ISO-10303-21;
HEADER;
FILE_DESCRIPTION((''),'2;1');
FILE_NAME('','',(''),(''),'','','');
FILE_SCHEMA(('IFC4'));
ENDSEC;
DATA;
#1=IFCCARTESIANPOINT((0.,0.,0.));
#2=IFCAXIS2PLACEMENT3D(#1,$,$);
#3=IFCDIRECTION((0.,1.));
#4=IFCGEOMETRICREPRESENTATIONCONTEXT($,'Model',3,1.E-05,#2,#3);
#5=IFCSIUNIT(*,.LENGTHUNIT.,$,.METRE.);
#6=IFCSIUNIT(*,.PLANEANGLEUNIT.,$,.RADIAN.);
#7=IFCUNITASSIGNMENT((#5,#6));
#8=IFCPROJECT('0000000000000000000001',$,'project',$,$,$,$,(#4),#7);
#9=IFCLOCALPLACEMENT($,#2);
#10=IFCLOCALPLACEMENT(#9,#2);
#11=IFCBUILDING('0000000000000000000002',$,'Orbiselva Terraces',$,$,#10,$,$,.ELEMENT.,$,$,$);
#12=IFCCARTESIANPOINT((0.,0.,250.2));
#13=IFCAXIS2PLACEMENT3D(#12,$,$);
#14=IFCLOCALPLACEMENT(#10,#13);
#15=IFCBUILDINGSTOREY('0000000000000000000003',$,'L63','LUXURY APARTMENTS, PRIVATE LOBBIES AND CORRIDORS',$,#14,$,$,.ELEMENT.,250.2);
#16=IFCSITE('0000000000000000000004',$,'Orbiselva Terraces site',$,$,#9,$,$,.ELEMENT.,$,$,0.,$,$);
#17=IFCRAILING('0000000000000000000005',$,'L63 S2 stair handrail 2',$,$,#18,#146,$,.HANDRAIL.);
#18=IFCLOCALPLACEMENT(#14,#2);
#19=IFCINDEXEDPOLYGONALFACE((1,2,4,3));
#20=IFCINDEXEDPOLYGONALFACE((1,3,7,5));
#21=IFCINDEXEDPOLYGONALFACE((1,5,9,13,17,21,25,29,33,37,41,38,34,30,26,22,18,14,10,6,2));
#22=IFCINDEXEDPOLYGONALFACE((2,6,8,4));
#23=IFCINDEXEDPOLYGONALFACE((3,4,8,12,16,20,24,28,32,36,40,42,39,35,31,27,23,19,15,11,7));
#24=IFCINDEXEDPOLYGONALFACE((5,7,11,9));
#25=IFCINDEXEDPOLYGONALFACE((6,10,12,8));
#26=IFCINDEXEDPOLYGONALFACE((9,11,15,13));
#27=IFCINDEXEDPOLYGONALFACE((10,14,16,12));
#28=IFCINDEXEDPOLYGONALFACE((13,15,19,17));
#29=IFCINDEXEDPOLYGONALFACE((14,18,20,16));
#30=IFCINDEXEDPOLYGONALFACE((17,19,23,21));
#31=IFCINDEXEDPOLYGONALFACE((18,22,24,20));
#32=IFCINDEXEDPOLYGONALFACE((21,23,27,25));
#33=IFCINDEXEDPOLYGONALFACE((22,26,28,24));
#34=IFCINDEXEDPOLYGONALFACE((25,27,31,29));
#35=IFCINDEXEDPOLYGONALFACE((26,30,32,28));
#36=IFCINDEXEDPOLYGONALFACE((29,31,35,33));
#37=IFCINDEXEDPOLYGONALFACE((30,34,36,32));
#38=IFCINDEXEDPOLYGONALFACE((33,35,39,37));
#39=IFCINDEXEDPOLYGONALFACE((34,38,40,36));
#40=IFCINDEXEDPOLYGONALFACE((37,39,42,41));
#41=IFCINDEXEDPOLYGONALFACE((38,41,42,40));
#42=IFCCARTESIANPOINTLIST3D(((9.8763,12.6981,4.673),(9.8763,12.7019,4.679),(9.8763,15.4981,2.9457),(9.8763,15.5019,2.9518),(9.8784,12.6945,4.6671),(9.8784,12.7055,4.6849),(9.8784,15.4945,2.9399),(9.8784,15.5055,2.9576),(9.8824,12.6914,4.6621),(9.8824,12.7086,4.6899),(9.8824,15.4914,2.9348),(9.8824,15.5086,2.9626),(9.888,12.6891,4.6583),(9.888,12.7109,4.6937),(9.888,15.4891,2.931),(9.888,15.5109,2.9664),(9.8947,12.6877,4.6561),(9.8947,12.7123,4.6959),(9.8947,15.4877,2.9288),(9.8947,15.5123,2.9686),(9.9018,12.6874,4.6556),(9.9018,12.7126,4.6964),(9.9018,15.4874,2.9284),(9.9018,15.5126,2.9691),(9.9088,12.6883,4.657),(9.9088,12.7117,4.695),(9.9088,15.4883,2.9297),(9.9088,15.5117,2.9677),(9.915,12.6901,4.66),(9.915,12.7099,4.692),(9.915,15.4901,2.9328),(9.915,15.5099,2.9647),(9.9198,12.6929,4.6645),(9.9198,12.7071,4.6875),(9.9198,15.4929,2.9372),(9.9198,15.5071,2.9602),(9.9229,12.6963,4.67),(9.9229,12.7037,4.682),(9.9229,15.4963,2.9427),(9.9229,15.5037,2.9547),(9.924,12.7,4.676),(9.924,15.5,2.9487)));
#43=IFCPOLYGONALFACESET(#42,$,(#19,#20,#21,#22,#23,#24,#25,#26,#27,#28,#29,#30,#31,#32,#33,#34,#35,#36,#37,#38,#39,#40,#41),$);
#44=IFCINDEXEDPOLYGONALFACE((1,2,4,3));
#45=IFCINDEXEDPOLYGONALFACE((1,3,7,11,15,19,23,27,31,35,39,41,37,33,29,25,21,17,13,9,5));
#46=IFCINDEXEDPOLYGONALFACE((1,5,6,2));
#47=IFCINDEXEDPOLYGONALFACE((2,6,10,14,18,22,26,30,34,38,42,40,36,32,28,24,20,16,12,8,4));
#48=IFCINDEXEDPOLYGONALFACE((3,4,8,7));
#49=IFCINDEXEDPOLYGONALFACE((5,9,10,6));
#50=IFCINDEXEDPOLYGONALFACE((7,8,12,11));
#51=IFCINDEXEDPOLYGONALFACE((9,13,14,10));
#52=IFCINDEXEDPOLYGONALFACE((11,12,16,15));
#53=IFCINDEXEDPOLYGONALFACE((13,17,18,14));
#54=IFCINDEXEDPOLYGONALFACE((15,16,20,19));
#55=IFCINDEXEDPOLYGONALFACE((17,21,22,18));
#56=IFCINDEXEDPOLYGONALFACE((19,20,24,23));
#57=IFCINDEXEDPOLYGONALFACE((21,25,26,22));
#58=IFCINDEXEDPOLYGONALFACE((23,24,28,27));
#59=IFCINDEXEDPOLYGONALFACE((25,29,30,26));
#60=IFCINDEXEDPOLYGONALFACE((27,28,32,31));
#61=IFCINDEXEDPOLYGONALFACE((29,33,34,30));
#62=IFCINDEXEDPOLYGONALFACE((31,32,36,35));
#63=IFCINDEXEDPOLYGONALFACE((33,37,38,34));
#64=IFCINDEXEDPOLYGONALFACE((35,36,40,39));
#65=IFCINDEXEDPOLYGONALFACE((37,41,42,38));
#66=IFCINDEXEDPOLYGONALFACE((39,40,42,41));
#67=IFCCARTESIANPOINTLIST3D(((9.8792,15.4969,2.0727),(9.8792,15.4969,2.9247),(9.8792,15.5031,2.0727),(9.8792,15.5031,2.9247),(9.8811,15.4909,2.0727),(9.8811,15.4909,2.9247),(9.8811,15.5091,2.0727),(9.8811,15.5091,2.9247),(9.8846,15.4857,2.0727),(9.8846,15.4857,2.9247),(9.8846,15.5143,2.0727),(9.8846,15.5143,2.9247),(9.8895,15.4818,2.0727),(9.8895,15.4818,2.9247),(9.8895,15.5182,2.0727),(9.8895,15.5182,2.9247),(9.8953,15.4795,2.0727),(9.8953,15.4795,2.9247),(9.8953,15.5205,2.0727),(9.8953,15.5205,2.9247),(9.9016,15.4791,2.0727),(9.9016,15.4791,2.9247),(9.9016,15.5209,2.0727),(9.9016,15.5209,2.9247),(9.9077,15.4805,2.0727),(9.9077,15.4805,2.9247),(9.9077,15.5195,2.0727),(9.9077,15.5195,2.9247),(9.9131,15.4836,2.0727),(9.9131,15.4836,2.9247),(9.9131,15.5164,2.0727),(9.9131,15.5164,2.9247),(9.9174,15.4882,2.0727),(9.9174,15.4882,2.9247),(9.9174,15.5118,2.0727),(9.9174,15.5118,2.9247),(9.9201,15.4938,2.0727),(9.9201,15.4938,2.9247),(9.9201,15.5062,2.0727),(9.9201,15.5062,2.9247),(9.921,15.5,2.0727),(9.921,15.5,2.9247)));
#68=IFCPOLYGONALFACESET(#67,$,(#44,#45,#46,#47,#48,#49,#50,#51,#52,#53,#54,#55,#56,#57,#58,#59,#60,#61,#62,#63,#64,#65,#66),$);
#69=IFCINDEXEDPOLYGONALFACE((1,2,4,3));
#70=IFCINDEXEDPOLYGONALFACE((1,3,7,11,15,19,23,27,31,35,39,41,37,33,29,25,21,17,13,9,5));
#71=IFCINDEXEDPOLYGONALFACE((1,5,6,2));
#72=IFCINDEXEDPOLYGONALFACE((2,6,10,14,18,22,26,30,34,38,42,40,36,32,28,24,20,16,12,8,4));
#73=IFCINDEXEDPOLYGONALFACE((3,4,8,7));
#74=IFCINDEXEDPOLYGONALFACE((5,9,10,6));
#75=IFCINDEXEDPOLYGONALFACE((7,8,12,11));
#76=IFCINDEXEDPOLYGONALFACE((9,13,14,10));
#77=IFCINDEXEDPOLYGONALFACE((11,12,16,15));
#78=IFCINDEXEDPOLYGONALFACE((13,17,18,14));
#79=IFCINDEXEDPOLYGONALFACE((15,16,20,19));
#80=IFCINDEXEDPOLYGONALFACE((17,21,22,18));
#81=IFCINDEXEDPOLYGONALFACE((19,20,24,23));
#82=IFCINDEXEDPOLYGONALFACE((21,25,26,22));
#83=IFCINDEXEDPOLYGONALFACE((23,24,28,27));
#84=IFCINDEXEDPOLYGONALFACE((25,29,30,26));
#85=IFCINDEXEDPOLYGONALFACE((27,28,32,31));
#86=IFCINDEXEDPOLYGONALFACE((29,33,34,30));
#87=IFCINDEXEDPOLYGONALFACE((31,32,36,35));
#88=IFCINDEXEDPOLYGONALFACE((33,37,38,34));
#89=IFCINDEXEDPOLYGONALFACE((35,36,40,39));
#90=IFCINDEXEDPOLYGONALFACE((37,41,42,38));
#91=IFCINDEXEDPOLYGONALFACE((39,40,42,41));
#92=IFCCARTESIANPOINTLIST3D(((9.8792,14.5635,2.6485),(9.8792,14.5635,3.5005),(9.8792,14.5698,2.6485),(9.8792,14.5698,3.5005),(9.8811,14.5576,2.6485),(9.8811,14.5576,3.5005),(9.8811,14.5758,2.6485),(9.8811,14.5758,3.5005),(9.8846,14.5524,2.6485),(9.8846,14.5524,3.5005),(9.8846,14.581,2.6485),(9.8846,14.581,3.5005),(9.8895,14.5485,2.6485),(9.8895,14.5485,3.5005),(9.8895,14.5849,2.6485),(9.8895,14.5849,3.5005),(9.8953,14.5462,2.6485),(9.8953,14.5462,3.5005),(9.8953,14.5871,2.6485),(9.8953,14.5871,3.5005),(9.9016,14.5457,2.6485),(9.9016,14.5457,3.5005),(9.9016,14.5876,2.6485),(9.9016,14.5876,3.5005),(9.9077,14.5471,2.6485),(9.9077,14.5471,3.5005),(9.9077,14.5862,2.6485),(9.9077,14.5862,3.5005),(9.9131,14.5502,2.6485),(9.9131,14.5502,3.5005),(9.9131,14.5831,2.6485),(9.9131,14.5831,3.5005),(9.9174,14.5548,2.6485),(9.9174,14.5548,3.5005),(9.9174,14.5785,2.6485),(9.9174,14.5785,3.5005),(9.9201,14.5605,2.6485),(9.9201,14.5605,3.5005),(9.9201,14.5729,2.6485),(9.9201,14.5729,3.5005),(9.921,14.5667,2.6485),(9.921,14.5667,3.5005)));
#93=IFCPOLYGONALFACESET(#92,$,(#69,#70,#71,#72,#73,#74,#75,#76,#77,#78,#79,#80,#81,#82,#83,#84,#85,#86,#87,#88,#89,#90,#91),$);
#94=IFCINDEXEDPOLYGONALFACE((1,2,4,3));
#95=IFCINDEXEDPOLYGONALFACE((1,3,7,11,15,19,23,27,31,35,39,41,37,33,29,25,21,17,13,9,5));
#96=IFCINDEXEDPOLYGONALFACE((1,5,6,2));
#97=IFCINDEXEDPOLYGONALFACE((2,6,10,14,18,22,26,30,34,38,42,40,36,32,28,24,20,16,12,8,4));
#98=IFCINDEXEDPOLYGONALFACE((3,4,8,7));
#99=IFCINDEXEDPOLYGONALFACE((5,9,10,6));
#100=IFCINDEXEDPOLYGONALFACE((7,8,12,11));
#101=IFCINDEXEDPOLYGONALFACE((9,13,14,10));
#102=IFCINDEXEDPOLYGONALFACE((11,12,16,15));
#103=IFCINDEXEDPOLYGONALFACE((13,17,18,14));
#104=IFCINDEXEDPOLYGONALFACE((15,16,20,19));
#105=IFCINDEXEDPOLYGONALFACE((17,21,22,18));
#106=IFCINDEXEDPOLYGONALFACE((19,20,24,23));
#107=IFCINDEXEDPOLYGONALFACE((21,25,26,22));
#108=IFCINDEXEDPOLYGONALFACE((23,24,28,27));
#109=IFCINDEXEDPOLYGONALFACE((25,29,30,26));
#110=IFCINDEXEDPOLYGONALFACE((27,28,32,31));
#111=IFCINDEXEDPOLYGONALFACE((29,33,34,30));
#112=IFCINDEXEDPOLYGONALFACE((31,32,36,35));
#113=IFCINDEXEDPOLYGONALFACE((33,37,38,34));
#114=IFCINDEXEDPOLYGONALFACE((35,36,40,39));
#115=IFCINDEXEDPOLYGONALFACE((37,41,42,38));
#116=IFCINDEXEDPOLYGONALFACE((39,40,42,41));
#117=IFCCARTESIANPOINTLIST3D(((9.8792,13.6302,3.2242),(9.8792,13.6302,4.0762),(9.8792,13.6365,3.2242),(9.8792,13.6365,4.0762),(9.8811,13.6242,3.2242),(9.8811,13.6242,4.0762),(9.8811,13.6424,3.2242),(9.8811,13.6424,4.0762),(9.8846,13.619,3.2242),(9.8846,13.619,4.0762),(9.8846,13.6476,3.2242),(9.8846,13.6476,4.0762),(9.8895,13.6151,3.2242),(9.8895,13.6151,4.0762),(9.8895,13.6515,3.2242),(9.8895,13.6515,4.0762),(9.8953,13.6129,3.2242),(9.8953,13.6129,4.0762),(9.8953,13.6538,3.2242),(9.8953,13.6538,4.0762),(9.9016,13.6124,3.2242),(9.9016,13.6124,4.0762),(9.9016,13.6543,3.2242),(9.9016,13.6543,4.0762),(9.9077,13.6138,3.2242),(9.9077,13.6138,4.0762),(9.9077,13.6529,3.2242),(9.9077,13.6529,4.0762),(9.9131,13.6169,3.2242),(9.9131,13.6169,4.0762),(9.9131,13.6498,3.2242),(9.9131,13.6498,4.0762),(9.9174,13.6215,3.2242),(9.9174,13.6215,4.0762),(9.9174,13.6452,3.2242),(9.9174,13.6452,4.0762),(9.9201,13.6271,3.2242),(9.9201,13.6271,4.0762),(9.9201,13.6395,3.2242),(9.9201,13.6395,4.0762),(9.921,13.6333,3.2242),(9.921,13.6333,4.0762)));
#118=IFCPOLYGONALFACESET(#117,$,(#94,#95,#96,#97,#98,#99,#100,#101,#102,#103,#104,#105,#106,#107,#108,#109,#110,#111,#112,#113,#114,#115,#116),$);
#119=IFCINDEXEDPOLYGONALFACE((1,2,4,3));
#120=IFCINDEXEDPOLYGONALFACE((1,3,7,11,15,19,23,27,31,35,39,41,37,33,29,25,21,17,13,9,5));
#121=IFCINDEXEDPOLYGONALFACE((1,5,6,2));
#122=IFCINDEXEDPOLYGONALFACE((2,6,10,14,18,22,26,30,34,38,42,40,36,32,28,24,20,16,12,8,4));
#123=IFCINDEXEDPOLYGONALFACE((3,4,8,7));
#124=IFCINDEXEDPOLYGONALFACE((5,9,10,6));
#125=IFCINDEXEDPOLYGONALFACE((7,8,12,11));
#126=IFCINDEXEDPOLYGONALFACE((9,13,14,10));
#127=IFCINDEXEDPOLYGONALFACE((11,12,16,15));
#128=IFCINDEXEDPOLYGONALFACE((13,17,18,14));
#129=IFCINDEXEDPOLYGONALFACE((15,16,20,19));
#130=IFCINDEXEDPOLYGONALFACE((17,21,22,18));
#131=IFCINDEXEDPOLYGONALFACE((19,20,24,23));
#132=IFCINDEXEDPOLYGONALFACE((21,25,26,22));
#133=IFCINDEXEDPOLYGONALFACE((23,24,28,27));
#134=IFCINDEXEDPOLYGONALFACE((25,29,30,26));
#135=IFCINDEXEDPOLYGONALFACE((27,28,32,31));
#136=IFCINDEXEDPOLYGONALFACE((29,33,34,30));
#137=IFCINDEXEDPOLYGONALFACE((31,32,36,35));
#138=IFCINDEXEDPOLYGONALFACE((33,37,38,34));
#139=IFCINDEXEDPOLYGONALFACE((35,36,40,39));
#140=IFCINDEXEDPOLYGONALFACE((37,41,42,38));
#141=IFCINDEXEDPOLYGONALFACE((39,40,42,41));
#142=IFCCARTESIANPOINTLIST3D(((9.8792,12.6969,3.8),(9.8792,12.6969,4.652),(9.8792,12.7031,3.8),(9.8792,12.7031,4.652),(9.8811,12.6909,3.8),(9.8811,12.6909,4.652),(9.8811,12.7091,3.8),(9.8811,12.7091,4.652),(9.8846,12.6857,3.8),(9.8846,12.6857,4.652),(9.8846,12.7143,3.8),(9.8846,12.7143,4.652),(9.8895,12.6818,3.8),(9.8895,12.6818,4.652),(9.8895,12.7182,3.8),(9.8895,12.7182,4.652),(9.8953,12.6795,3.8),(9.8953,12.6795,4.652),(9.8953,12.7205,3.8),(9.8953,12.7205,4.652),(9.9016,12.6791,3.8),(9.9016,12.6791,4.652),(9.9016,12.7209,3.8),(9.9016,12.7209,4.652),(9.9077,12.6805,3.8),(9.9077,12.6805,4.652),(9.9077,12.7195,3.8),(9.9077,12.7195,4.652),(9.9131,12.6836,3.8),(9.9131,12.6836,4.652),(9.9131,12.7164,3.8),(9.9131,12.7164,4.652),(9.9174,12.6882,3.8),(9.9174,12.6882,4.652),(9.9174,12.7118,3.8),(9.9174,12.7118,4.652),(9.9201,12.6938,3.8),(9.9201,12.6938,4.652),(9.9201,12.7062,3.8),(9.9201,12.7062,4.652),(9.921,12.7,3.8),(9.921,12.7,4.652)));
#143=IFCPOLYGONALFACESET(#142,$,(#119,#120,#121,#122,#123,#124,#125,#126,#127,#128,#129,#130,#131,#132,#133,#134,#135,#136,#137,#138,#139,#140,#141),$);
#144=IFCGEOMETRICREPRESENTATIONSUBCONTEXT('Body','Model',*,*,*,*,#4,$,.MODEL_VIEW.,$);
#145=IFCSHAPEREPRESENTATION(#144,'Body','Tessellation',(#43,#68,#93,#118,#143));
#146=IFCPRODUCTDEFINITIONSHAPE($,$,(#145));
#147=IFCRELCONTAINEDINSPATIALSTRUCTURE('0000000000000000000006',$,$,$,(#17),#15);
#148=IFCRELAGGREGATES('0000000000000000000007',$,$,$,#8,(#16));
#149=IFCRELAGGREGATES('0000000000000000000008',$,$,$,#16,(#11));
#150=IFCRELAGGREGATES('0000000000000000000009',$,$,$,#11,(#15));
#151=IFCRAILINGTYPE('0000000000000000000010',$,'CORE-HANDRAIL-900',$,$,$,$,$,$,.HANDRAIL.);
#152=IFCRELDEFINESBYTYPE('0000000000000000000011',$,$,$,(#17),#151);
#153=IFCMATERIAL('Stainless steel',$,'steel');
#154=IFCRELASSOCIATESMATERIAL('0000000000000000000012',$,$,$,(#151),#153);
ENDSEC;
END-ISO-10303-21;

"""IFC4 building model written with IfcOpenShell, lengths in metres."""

from ifc_helpers import new_model, si_unit, direction, frame, origin, origin_2d, place, context, subcontext, project, spatial, circle, extrude, material, type_object, element, save


model = new_model("IFC4")

# Units and contexts
model_context = context("Model", 3, precision=1e-05, world=origin(), true_north=direction((0.0, 1.0)))
body_context = subcontext(model_context, "Body", "Model", "MODEL_VIEW")
ifc_project = project(units=[si_unit("LENGTHUNIT", "METRE"), si_unit("PLANEANGLEUNIT", "RADIAN")], contexts=[model_context])

# Site, building, storey
site_placement = place(None, origin())
site = spatial("IfcSite", under=ifc_project, at=site_placement, Name="Orbiselva Terraces site", CompositionType="ELEMENT", RefElevation=0.0)
building_placement = place(site_placement, origin())
building = spatial("IfcBuilding", under=site, at=building_placement, Name="Orbiselva Terraces", CompositionType="ELEMENT")
storey_placement = place(building_placement, frame((0.0, 0.0, 250.2)))
storey = spatial("IfcBuildingStorey", under=building, at=storey_placement, Name="L63", Description="LUXURY APARTMENTS, PRIVATE LOBBIES AND CORRIDORS", CompositionType="ELEMENT", Elevation=250.2)

# Railing
ifc_material_1 = material(Name="Stainless steel", Category="steel")
railing_type = type_object("IfcRailingType", Name="CORE-HANDRAIL-900", PredefinedType="HANDRAIL", material=ifc_material_1)
railing_placement = place(storey_placement, frame((9.9, 15.5, 2.0727)))
element("IfcRailing", 1, at=railing_placement, inside=storey, type_object=railing_type, Name="L63 S2 stair handrail 2", PredefinedType="HANDRAIL", context=body_context, shape_type="SweptSolid", body=[
    extrude(circle(Radius=0.024, at=origin_2d()), frame((0.0, 0.0, 0.876), z_axis=(0.0, -0.851089, 0.525022), x_axis=(1.0, 0.0, 0.0)), (0.0, 0.0, 1.0), 3.2899),
    extrude(circle(Radius=0.021, at=origin_2d()), origin(), (0.0, 0.0, 1.0), 0.852),
    extrude(circle(Radius=0.021, at=origin_2d()), frame((0.0, -0.9333, 0.5758)), (0.0, 0.0, 1.0), 0.852),
    extrude(circle(Radius=0.021, at=origin_2d()), frame((0.0, -1.8667, 1.1515)), (0.0, 0.0, 1.0), 0.852),
    extrude(circle(Radius=0.021, at=origin_2d()), frame((0.0, -2.8, 1.7273)), (0.0, 0.0, 1.0), 0.852),
])

save(model, "model.ifc")
